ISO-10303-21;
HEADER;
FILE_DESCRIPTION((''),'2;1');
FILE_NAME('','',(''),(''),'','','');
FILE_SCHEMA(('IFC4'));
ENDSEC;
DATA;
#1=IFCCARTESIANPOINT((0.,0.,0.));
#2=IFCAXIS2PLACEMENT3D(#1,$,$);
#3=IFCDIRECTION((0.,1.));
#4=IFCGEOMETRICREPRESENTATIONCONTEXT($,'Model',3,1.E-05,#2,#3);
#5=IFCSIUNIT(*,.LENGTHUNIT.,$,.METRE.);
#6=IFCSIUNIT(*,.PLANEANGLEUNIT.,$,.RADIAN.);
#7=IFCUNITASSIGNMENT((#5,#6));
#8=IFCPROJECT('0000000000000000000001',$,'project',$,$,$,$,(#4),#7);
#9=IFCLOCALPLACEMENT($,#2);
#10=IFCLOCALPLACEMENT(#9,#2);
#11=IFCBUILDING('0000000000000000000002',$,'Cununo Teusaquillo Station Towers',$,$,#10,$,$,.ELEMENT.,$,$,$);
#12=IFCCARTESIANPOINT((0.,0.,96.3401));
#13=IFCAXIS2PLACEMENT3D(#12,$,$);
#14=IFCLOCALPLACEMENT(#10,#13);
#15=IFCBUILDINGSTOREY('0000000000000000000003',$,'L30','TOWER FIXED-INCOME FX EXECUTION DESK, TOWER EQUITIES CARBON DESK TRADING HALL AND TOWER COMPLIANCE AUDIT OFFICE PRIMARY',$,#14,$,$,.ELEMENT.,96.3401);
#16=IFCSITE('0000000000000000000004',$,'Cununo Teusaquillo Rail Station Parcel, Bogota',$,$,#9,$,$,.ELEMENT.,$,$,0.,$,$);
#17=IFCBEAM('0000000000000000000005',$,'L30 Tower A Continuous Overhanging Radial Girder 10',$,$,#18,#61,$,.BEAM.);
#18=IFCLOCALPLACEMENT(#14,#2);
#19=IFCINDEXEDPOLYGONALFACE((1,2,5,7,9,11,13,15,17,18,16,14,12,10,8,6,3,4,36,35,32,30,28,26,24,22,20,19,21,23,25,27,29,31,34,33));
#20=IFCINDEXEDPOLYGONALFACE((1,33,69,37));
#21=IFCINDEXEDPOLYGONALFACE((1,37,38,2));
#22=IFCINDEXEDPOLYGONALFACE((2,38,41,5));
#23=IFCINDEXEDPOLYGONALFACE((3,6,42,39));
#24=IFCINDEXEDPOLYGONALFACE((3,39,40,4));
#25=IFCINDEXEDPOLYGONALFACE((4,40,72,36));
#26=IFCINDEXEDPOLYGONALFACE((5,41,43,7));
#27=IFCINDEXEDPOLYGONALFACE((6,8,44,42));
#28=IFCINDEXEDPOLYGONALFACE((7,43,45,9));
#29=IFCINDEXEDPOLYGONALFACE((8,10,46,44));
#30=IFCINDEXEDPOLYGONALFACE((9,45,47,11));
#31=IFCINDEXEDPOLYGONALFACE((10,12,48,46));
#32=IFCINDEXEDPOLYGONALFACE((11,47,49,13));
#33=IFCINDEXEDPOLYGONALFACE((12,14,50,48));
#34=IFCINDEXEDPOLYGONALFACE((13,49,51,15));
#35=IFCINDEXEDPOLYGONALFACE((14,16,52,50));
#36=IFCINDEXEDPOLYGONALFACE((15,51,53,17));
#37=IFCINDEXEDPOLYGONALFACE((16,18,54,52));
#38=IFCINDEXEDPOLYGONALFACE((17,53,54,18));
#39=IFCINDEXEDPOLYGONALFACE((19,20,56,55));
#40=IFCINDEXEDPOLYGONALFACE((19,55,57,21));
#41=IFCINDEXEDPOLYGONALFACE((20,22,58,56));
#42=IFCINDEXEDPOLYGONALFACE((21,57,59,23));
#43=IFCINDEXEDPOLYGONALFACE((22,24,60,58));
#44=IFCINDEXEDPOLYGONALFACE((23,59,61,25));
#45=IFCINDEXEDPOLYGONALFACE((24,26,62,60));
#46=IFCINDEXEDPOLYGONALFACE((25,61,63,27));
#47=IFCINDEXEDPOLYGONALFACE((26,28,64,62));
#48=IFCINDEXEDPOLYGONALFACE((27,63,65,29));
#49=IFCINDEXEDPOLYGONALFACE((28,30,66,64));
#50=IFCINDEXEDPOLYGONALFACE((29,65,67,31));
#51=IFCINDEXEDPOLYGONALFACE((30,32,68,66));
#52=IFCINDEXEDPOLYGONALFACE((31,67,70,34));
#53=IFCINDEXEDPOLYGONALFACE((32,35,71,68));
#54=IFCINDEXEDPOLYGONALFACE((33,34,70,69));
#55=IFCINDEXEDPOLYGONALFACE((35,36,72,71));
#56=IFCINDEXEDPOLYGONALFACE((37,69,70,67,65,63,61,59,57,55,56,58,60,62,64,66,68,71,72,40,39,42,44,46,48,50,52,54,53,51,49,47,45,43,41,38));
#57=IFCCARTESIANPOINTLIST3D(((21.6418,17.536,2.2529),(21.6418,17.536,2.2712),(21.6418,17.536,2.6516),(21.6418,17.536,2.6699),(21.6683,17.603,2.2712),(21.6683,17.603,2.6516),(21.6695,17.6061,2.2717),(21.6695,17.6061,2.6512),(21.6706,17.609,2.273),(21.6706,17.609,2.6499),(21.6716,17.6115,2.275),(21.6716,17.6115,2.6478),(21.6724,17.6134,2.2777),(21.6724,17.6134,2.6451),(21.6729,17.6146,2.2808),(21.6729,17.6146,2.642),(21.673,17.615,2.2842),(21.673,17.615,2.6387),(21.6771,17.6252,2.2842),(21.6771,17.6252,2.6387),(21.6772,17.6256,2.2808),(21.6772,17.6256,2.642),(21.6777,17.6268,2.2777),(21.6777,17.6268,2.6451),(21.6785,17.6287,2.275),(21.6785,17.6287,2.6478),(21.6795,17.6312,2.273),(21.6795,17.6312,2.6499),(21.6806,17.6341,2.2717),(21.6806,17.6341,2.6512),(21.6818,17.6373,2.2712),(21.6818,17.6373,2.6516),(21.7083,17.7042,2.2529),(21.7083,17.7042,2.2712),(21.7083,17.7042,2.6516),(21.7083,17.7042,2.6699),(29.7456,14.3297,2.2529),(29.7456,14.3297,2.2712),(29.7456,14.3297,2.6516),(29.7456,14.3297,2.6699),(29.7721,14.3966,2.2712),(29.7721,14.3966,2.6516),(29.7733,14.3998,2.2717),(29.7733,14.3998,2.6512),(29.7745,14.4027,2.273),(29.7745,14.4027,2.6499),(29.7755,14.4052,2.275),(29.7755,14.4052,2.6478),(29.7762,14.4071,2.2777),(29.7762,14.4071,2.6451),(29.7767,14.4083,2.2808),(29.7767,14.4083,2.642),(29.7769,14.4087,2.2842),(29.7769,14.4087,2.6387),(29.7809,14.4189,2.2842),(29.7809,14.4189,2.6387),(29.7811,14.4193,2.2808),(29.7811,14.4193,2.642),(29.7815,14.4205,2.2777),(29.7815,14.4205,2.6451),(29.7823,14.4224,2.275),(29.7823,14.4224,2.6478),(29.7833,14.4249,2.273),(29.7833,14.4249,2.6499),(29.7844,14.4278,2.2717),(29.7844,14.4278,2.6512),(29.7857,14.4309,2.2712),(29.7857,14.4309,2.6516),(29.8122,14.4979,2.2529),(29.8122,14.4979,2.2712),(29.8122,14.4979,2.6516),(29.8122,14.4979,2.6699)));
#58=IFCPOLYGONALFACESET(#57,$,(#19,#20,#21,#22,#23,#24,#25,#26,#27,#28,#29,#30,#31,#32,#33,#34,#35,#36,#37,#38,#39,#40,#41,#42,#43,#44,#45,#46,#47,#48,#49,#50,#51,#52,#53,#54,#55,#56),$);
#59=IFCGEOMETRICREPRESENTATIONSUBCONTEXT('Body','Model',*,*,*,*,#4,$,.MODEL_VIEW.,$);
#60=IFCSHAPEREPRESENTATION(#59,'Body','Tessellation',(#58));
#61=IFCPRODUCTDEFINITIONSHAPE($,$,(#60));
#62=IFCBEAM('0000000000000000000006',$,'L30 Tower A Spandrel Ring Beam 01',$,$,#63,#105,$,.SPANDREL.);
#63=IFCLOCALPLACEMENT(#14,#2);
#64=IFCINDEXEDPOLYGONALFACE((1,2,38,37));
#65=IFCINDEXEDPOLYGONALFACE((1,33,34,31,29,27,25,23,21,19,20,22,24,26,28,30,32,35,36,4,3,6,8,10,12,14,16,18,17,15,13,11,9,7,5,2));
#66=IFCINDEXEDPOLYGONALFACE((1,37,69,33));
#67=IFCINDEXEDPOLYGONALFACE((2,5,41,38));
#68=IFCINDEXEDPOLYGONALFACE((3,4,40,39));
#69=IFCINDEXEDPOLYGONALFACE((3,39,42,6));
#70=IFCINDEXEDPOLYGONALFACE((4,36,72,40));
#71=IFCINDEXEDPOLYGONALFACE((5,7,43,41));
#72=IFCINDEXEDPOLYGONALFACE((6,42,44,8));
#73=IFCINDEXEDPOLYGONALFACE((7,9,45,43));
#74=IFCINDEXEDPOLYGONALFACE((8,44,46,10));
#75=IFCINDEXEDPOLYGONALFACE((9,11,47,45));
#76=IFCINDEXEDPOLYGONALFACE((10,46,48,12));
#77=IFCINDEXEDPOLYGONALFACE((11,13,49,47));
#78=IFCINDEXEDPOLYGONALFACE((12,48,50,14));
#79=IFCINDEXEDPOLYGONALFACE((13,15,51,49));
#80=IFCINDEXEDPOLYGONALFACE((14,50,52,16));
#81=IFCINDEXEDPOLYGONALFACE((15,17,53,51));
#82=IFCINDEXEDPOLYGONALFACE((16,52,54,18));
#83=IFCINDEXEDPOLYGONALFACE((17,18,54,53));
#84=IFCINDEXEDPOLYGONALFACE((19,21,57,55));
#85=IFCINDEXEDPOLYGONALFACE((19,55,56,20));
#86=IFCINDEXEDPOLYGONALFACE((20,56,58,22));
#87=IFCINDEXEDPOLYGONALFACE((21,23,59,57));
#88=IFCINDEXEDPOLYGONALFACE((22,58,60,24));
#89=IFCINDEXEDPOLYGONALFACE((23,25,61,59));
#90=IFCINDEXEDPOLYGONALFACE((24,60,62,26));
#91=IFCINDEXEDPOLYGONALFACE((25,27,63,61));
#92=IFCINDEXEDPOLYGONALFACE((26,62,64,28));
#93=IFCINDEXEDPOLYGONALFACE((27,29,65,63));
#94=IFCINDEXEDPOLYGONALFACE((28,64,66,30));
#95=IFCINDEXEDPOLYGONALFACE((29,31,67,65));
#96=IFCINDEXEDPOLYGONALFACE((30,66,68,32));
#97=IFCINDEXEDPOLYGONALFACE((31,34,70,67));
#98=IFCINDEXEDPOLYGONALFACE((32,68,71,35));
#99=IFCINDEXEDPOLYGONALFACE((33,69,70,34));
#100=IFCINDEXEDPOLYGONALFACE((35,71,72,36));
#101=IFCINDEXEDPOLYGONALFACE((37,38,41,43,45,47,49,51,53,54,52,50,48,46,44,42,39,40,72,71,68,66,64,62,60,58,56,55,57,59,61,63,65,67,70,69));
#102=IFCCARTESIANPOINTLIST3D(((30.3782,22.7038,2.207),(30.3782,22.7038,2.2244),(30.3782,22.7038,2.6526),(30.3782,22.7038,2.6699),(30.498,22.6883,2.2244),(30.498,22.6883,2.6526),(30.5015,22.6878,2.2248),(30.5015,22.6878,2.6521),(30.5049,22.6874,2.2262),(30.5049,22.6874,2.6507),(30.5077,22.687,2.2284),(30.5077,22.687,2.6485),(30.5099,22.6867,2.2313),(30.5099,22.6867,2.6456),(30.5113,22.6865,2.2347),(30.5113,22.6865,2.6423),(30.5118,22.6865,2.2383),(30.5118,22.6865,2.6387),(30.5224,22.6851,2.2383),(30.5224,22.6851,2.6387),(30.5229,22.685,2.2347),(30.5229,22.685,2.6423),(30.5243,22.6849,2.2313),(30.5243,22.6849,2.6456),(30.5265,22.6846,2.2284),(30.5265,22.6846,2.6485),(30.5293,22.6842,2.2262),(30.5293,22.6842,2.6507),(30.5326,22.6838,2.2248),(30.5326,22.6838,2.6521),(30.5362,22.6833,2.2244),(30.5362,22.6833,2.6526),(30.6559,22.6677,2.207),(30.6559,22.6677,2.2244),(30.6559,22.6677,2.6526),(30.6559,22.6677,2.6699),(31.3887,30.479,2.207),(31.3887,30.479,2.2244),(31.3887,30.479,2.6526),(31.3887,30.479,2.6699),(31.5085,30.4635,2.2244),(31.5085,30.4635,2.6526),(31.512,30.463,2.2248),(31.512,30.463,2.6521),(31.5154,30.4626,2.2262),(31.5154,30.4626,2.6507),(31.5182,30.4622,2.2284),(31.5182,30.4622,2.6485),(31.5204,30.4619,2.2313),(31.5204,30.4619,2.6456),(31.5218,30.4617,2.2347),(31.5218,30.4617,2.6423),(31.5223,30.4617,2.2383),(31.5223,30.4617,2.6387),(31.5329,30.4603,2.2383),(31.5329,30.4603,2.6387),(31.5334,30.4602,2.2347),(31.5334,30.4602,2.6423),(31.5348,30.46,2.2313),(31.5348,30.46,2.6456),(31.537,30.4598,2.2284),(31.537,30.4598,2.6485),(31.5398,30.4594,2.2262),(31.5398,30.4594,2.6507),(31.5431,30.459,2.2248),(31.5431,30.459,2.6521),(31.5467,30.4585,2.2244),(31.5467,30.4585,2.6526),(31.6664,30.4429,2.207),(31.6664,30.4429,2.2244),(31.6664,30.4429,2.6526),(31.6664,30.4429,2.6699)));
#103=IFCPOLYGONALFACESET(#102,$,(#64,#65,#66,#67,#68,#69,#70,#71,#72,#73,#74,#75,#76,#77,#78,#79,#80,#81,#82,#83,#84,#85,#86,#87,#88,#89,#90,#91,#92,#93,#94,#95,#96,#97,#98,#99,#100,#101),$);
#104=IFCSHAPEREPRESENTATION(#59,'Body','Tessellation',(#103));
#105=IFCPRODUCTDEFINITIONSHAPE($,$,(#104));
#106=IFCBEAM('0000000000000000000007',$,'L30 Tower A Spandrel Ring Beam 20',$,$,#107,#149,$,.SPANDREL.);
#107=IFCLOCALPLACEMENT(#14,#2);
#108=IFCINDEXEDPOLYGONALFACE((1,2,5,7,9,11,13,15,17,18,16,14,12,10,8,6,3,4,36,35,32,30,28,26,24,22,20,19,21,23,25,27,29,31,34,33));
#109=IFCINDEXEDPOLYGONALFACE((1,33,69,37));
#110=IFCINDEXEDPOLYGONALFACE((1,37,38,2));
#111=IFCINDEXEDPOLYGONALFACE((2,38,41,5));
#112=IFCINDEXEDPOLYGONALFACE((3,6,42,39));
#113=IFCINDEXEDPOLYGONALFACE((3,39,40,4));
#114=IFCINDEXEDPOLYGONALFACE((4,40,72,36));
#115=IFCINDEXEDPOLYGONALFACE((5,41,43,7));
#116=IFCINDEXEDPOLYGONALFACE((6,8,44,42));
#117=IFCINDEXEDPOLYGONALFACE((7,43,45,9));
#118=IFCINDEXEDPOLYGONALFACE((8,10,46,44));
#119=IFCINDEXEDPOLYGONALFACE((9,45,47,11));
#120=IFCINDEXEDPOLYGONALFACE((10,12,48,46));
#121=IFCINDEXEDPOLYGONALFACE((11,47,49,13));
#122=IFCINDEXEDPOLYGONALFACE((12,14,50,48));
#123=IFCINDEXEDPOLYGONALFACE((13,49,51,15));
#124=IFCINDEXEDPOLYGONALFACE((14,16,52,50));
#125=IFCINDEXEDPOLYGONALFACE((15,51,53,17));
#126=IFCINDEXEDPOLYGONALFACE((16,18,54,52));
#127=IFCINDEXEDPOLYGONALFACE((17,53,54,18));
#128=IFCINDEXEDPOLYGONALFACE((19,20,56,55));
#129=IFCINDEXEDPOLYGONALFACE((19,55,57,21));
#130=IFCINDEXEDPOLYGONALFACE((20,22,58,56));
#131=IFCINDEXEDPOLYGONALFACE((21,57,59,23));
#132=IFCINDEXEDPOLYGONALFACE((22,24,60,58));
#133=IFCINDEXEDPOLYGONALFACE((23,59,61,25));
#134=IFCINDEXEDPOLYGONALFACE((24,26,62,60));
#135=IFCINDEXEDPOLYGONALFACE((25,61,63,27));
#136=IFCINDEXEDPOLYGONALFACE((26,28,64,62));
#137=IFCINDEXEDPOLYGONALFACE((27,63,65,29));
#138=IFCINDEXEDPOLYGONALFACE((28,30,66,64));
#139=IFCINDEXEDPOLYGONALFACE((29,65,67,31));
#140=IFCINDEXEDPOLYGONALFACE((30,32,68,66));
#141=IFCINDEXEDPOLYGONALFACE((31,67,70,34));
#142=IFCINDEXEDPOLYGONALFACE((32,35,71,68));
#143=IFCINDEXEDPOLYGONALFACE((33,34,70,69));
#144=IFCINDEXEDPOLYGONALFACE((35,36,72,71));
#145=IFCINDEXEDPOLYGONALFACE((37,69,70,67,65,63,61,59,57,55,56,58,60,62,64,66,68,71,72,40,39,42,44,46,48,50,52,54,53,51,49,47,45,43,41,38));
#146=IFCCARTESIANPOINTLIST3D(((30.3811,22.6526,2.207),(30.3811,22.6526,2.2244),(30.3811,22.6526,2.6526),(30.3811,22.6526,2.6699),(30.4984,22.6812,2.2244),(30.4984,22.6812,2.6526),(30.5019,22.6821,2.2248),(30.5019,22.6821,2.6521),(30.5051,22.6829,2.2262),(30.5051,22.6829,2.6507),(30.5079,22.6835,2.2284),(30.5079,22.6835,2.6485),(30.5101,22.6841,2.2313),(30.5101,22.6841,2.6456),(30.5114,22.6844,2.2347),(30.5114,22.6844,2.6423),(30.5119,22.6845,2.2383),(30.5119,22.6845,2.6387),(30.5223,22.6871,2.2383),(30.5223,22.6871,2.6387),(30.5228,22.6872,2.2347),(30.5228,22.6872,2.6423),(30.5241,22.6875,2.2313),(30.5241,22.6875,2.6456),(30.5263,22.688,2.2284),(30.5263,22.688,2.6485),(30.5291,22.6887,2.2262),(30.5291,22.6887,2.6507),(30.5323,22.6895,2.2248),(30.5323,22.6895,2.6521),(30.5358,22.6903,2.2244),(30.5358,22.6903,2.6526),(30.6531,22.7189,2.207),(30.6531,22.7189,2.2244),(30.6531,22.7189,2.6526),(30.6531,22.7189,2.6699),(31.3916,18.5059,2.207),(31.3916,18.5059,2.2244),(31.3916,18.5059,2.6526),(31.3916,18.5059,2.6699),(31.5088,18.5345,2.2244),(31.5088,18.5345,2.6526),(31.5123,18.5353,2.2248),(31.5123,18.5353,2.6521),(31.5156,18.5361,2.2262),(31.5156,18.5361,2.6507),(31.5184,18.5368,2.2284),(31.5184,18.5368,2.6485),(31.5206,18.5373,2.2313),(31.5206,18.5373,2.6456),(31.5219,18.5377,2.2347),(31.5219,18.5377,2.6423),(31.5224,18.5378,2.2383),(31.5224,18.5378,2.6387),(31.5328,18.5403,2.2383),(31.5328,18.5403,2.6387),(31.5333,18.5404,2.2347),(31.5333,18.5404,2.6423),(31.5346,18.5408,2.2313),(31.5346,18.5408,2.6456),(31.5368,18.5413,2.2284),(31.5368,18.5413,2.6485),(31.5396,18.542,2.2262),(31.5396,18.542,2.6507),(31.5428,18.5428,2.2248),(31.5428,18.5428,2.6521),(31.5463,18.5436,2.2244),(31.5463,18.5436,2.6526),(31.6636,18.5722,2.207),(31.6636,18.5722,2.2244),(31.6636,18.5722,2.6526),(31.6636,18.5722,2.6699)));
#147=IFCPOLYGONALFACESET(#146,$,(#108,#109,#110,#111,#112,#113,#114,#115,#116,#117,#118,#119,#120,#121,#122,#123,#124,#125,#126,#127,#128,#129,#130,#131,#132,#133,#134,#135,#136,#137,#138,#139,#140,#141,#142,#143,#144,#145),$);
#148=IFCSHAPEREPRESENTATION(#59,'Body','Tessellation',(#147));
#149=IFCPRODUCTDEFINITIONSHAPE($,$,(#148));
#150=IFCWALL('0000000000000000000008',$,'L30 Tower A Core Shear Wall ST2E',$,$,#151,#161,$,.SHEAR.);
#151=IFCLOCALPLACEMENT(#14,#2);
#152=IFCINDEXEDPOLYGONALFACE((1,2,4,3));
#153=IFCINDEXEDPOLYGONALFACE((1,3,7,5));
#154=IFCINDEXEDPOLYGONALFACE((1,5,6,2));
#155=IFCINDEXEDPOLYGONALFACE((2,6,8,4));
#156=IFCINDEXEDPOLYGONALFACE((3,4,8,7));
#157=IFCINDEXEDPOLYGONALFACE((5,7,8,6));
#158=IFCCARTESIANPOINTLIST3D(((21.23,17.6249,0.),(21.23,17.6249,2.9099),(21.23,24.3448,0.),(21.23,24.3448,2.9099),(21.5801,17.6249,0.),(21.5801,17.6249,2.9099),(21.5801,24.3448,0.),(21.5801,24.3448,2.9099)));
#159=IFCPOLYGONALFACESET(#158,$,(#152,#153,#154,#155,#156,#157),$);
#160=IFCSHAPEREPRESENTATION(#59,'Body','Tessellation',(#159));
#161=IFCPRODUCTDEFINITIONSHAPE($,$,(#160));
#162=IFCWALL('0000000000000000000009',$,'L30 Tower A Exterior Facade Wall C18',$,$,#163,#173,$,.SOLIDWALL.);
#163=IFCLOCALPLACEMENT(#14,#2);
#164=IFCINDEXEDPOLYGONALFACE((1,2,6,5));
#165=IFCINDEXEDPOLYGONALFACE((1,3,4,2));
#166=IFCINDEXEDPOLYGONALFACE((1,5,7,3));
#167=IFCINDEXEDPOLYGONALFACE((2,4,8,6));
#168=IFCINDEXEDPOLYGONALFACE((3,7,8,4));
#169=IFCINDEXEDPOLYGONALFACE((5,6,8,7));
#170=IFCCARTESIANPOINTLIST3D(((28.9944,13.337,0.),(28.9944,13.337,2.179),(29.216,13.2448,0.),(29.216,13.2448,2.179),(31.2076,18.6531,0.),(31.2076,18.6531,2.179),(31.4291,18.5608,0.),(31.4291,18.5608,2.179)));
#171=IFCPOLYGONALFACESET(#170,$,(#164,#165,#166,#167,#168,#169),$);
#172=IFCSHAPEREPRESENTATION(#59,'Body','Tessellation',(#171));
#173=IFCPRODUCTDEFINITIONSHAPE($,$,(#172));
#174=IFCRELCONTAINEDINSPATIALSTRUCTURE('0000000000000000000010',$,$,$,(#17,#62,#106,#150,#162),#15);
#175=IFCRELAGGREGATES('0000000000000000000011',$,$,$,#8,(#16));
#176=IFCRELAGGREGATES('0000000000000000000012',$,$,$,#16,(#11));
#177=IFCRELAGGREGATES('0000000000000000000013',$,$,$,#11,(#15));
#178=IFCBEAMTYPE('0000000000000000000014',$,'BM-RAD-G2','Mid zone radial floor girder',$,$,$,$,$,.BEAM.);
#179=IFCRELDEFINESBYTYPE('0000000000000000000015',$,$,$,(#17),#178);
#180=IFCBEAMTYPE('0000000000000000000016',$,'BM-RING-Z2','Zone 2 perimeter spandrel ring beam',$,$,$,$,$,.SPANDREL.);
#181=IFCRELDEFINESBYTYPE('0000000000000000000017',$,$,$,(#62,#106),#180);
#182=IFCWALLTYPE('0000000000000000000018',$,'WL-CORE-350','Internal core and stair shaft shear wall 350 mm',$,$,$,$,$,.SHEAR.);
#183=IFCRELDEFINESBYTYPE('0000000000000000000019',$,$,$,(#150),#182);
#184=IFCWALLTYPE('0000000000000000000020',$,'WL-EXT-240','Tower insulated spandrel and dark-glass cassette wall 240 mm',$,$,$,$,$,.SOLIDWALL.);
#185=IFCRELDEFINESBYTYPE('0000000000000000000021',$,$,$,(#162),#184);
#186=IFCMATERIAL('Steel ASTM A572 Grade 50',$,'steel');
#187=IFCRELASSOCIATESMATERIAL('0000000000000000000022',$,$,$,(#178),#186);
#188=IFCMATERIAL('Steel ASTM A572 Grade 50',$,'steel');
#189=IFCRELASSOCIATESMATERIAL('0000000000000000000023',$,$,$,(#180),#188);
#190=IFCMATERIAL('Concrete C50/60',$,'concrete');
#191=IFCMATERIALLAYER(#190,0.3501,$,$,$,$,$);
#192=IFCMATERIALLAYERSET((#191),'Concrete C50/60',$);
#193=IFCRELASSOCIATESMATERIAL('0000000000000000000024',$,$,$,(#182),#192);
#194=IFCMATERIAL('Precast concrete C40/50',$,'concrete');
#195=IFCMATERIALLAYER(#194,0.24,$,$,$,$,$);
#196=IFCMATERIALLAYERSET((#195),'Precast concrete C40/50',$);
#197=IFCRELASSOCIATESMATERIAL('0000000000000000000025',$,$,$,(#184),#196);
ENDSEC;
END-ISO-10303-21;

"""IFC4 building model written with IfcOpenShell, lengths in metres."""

from ifc_helpers import new_model, si_unit, direction, frame, frame_2d, origin, origin_2d, place, context, subcontext, project, spatial, rectangle, i_section, extrude, material, layer, layer_set, material_profile, profile_set, type_object, element, save


model = new_model("IFC4")

# Units and contexts
model_context = context("Model", 3, precision=1e-05, world=origin(), true_north=direction((0.0, 1.0)))
body_context = subcontext(model_context, "Body", "Model", "MODEL_VIEW")
ifc_project = project(units=[si_unit("LENGTHUNIT", "METRE"), si_unit("PLANEANGLEUNIT", "RADIAN")], contexts=[model_context])

# Site, building, storey
site_placement = place(None, origin())
site = spatial("IfcSite", under=ifc_project, at=site_placement, Name="Cununo Teusaquillo Rail Station Parcel, Bogota", CompositionType="ELEMENT", RefElevation=0.0)
building_placement = place(site_placement, origin())
building = spatial("IfcBuilding", under=site, at=building_placement, Name="Cununo Teusaquillo Station Towers", CompositionType="ELEMENT")
storey_placement = place(building_placement, frame((0.0, 0.0, 96.3401)))
storey = spatial("IfcBuildingStorey", under=building, at=storey_placement, Name="L30", Description="TOWER FIXED-INCOME FX EXECUTION DESK, TOWER EQUITIES CARBON DESK TRADING HALL AND TOWER COMPLIANCE AUDIT OFFICE PRIMARY", CompositionType="ELEMENT", Elevation=96.3401)

# Beams
ifc_material_1 = material(Name="Steel ASTM A572 Grade 50", Category="steel")
ifc_material_profile_1 = material_profile(ifc_material_1, i_section(OverallWidth=0.1809, OverallDepth=0.417, WebThickness=0.011, FlangeThickness=0.0183, FilletRadius=0.0129, at=origin_2d()), Name="W16X57")
ifc_profile_set_1 = profile_set([ifc_material_profile_1], Name="Steel ASTM A572 Grade 50")
beam_type_1 = type_object("IfcBeamType", Name="BM-RAD-G2", Description="Mid zone radial floor girder", PredefinedType="BEAM", material=ifc_profile_set_1)
beam_1_placement = place(storey_placement, frame((21.675, 17.6201, 2.4614), z_axis=(0.929863, -0.367906, 0.0), x_axis=(0.367906, 0.929863, 0.0)))
element("IfcBeam", 1, at=beam_1_placement, inside=storey, type_object=beam_type_1, Name="L30 Tower A Continuous Overhanging Radial Girder 10", PredefinedType="BEAM", context=body_context, shape_type="SweptSolid", body=[
    extrude(i_section(OverallWidth=0.1809, OverallDepth=0.417, WebThickness=0.011, FlangeThickness=0.0183, FilletRadius=0.0129, at=origin_2d()), origin(), (0.0, 0.0, 1.0), 8.7151),
])
ifc_material_2 = material(Name="Steel ASTM A572 Grade 50", Category="steel")
ifc_material_profile_2 = material_profile(ifc_material_2, i_section(OverallWidth=0.28, OverallDepth=0.4629, WebThickness=0.0107, FlangeThickness=0.0173, FilletRadius=0.0139, at=origin_2d()), Name="W18X76")
ifc_profile_set_2 = profile_set([ifc_material_profile_2], Name="Steel ASTM A572 Grade 50")
beam_type_2 = type_object("IfcBeamType", Name="BM-RING-Z2", Description="Zone 2 perimeter spandrel ring beam", PredefinedType="SPANDREL", material=ifc_profile_set_2)
beam_2_placement = place(storey_placement, frame((30.5171, 22.6858, 2.4385), z_axis=(0.128881, 0.99166, 0.0), x_axis=(-0.99166, 0.128881, 0.0)))
element("IfcBeam", 2, at=beam_2_placement, inside=storey, type_object=beam_type_2, Name="L30 Tower A Spandrel Ring Beam 01", PredefinedType="SPANDREL", context=body_context, shape_type="SweptSolid", body=[
    extrude(i_section(OverallWidth=0.28, OverallDepth=0.4629, WebThickness=0.0107, FlangeThickness=0.0173, FilletRadius=0.0139, at=origin_2d()), origin(), (0.0, 0.0, 1.0), 7.8406),
])
beam_3_placement = place(storey_placement, frame((31.5276, 18.5391, 2.4385), z_axis=(-0.236757, 0.971569, 0.0), x_axis=(-0.971569, -0.236757, 0.0)))
element("IfcBeam", 3, at=beam_3_placement, inside=storey, type_object=beam_type_2, Name="L30 Tower A Spandrel Ring Beam 20", PredefinedType="SPANDREL", context=body_context, shape_type="SweptSolid", body=[
    extrude(i_section(OverallWidth=0.28, OverallDepth=0.4629, WebThickness=0.0107, FlangeThickness=0.0173, FilletRadius=0.0139, at=origin_2d()), origin(), (0.0, 0.0, 1.0), 4.2681),
])

# Walls
ifc_material_3 = material(Name="Concrete C50/60", Category="concrete")
ifc_layer_1 = layer(ifc_material_3, 0.3501)
ifc_layer_set_1 = layer_set([ifc_layer_1], Name="Concrete C50/60")
wall_type_1 = type_object("IfcWallType", Name="WL-CORE-350", Description="Internal core and stair shaft shear wall 350 mm", PredefinedType="SHEAR", material=ifc_layer_set_1)
wall_1_placement = place(storey_placement, frame((21.405, 17.625, 0.0), z_axis=(0.0, 0.0, 1.0), x_axis=(0.0, 1.0, 0.0)))
element("IfcWall", 4, at=wall_1_placement, inside=storey, type_object=wall_type_1, Name="L30 Tower A Core Shear Wall ST2E", PredefinedType="SHEAR", context=body_context, shape_type="SweptSolid", body=[
    extrude(rectangle(XDim=6.72, YDim=0.3501, at=frame_2d((3.3599, 0.0))), origin(), (0.0, 0.0, 1.0), 2.9099),
])
ifc_material_4 = material(Name="Precast concrete C40/50", Category="concrete")
ifc_layer_2 = layer(ifc_material_4, 0.24)
ifc_layer_set_2 = layer_set([ifc_layer_2], Name="Precast concrete C40/50")
wall_type_2 = type_object("IfcWallType", Name="WL-EXT-240", Description="Tower insulated spandrel and dark-glass cassette wall 240 mm", PredefinedType="SOLIDWALL", material=ifc_layer_set_2)
wall_2_placement = place(storey_placement, frame((31.3184, 18.6069, 0.0), z_axis=(0.0, 0.0, 1.0), x_axis=(-0.384344, -0.92319, 0.0)))
element("IfcWall", 5, at=wall_2_placement, inside=storey, type_object=wall_type_2, Name="L30 Tower A Exterior Facade Wall C18", PredefinedType="SOLIDWALL", context=body_context, shape_type="SweptSolid", body=[
    extrude(rectangle(XDim=5.7583, YDim=0.24, at=frame_2d((2.8792, 0.0))), origin(), (0.0, 0.0, 1.0), 2.179),
])

save(model, "model.ifc")
